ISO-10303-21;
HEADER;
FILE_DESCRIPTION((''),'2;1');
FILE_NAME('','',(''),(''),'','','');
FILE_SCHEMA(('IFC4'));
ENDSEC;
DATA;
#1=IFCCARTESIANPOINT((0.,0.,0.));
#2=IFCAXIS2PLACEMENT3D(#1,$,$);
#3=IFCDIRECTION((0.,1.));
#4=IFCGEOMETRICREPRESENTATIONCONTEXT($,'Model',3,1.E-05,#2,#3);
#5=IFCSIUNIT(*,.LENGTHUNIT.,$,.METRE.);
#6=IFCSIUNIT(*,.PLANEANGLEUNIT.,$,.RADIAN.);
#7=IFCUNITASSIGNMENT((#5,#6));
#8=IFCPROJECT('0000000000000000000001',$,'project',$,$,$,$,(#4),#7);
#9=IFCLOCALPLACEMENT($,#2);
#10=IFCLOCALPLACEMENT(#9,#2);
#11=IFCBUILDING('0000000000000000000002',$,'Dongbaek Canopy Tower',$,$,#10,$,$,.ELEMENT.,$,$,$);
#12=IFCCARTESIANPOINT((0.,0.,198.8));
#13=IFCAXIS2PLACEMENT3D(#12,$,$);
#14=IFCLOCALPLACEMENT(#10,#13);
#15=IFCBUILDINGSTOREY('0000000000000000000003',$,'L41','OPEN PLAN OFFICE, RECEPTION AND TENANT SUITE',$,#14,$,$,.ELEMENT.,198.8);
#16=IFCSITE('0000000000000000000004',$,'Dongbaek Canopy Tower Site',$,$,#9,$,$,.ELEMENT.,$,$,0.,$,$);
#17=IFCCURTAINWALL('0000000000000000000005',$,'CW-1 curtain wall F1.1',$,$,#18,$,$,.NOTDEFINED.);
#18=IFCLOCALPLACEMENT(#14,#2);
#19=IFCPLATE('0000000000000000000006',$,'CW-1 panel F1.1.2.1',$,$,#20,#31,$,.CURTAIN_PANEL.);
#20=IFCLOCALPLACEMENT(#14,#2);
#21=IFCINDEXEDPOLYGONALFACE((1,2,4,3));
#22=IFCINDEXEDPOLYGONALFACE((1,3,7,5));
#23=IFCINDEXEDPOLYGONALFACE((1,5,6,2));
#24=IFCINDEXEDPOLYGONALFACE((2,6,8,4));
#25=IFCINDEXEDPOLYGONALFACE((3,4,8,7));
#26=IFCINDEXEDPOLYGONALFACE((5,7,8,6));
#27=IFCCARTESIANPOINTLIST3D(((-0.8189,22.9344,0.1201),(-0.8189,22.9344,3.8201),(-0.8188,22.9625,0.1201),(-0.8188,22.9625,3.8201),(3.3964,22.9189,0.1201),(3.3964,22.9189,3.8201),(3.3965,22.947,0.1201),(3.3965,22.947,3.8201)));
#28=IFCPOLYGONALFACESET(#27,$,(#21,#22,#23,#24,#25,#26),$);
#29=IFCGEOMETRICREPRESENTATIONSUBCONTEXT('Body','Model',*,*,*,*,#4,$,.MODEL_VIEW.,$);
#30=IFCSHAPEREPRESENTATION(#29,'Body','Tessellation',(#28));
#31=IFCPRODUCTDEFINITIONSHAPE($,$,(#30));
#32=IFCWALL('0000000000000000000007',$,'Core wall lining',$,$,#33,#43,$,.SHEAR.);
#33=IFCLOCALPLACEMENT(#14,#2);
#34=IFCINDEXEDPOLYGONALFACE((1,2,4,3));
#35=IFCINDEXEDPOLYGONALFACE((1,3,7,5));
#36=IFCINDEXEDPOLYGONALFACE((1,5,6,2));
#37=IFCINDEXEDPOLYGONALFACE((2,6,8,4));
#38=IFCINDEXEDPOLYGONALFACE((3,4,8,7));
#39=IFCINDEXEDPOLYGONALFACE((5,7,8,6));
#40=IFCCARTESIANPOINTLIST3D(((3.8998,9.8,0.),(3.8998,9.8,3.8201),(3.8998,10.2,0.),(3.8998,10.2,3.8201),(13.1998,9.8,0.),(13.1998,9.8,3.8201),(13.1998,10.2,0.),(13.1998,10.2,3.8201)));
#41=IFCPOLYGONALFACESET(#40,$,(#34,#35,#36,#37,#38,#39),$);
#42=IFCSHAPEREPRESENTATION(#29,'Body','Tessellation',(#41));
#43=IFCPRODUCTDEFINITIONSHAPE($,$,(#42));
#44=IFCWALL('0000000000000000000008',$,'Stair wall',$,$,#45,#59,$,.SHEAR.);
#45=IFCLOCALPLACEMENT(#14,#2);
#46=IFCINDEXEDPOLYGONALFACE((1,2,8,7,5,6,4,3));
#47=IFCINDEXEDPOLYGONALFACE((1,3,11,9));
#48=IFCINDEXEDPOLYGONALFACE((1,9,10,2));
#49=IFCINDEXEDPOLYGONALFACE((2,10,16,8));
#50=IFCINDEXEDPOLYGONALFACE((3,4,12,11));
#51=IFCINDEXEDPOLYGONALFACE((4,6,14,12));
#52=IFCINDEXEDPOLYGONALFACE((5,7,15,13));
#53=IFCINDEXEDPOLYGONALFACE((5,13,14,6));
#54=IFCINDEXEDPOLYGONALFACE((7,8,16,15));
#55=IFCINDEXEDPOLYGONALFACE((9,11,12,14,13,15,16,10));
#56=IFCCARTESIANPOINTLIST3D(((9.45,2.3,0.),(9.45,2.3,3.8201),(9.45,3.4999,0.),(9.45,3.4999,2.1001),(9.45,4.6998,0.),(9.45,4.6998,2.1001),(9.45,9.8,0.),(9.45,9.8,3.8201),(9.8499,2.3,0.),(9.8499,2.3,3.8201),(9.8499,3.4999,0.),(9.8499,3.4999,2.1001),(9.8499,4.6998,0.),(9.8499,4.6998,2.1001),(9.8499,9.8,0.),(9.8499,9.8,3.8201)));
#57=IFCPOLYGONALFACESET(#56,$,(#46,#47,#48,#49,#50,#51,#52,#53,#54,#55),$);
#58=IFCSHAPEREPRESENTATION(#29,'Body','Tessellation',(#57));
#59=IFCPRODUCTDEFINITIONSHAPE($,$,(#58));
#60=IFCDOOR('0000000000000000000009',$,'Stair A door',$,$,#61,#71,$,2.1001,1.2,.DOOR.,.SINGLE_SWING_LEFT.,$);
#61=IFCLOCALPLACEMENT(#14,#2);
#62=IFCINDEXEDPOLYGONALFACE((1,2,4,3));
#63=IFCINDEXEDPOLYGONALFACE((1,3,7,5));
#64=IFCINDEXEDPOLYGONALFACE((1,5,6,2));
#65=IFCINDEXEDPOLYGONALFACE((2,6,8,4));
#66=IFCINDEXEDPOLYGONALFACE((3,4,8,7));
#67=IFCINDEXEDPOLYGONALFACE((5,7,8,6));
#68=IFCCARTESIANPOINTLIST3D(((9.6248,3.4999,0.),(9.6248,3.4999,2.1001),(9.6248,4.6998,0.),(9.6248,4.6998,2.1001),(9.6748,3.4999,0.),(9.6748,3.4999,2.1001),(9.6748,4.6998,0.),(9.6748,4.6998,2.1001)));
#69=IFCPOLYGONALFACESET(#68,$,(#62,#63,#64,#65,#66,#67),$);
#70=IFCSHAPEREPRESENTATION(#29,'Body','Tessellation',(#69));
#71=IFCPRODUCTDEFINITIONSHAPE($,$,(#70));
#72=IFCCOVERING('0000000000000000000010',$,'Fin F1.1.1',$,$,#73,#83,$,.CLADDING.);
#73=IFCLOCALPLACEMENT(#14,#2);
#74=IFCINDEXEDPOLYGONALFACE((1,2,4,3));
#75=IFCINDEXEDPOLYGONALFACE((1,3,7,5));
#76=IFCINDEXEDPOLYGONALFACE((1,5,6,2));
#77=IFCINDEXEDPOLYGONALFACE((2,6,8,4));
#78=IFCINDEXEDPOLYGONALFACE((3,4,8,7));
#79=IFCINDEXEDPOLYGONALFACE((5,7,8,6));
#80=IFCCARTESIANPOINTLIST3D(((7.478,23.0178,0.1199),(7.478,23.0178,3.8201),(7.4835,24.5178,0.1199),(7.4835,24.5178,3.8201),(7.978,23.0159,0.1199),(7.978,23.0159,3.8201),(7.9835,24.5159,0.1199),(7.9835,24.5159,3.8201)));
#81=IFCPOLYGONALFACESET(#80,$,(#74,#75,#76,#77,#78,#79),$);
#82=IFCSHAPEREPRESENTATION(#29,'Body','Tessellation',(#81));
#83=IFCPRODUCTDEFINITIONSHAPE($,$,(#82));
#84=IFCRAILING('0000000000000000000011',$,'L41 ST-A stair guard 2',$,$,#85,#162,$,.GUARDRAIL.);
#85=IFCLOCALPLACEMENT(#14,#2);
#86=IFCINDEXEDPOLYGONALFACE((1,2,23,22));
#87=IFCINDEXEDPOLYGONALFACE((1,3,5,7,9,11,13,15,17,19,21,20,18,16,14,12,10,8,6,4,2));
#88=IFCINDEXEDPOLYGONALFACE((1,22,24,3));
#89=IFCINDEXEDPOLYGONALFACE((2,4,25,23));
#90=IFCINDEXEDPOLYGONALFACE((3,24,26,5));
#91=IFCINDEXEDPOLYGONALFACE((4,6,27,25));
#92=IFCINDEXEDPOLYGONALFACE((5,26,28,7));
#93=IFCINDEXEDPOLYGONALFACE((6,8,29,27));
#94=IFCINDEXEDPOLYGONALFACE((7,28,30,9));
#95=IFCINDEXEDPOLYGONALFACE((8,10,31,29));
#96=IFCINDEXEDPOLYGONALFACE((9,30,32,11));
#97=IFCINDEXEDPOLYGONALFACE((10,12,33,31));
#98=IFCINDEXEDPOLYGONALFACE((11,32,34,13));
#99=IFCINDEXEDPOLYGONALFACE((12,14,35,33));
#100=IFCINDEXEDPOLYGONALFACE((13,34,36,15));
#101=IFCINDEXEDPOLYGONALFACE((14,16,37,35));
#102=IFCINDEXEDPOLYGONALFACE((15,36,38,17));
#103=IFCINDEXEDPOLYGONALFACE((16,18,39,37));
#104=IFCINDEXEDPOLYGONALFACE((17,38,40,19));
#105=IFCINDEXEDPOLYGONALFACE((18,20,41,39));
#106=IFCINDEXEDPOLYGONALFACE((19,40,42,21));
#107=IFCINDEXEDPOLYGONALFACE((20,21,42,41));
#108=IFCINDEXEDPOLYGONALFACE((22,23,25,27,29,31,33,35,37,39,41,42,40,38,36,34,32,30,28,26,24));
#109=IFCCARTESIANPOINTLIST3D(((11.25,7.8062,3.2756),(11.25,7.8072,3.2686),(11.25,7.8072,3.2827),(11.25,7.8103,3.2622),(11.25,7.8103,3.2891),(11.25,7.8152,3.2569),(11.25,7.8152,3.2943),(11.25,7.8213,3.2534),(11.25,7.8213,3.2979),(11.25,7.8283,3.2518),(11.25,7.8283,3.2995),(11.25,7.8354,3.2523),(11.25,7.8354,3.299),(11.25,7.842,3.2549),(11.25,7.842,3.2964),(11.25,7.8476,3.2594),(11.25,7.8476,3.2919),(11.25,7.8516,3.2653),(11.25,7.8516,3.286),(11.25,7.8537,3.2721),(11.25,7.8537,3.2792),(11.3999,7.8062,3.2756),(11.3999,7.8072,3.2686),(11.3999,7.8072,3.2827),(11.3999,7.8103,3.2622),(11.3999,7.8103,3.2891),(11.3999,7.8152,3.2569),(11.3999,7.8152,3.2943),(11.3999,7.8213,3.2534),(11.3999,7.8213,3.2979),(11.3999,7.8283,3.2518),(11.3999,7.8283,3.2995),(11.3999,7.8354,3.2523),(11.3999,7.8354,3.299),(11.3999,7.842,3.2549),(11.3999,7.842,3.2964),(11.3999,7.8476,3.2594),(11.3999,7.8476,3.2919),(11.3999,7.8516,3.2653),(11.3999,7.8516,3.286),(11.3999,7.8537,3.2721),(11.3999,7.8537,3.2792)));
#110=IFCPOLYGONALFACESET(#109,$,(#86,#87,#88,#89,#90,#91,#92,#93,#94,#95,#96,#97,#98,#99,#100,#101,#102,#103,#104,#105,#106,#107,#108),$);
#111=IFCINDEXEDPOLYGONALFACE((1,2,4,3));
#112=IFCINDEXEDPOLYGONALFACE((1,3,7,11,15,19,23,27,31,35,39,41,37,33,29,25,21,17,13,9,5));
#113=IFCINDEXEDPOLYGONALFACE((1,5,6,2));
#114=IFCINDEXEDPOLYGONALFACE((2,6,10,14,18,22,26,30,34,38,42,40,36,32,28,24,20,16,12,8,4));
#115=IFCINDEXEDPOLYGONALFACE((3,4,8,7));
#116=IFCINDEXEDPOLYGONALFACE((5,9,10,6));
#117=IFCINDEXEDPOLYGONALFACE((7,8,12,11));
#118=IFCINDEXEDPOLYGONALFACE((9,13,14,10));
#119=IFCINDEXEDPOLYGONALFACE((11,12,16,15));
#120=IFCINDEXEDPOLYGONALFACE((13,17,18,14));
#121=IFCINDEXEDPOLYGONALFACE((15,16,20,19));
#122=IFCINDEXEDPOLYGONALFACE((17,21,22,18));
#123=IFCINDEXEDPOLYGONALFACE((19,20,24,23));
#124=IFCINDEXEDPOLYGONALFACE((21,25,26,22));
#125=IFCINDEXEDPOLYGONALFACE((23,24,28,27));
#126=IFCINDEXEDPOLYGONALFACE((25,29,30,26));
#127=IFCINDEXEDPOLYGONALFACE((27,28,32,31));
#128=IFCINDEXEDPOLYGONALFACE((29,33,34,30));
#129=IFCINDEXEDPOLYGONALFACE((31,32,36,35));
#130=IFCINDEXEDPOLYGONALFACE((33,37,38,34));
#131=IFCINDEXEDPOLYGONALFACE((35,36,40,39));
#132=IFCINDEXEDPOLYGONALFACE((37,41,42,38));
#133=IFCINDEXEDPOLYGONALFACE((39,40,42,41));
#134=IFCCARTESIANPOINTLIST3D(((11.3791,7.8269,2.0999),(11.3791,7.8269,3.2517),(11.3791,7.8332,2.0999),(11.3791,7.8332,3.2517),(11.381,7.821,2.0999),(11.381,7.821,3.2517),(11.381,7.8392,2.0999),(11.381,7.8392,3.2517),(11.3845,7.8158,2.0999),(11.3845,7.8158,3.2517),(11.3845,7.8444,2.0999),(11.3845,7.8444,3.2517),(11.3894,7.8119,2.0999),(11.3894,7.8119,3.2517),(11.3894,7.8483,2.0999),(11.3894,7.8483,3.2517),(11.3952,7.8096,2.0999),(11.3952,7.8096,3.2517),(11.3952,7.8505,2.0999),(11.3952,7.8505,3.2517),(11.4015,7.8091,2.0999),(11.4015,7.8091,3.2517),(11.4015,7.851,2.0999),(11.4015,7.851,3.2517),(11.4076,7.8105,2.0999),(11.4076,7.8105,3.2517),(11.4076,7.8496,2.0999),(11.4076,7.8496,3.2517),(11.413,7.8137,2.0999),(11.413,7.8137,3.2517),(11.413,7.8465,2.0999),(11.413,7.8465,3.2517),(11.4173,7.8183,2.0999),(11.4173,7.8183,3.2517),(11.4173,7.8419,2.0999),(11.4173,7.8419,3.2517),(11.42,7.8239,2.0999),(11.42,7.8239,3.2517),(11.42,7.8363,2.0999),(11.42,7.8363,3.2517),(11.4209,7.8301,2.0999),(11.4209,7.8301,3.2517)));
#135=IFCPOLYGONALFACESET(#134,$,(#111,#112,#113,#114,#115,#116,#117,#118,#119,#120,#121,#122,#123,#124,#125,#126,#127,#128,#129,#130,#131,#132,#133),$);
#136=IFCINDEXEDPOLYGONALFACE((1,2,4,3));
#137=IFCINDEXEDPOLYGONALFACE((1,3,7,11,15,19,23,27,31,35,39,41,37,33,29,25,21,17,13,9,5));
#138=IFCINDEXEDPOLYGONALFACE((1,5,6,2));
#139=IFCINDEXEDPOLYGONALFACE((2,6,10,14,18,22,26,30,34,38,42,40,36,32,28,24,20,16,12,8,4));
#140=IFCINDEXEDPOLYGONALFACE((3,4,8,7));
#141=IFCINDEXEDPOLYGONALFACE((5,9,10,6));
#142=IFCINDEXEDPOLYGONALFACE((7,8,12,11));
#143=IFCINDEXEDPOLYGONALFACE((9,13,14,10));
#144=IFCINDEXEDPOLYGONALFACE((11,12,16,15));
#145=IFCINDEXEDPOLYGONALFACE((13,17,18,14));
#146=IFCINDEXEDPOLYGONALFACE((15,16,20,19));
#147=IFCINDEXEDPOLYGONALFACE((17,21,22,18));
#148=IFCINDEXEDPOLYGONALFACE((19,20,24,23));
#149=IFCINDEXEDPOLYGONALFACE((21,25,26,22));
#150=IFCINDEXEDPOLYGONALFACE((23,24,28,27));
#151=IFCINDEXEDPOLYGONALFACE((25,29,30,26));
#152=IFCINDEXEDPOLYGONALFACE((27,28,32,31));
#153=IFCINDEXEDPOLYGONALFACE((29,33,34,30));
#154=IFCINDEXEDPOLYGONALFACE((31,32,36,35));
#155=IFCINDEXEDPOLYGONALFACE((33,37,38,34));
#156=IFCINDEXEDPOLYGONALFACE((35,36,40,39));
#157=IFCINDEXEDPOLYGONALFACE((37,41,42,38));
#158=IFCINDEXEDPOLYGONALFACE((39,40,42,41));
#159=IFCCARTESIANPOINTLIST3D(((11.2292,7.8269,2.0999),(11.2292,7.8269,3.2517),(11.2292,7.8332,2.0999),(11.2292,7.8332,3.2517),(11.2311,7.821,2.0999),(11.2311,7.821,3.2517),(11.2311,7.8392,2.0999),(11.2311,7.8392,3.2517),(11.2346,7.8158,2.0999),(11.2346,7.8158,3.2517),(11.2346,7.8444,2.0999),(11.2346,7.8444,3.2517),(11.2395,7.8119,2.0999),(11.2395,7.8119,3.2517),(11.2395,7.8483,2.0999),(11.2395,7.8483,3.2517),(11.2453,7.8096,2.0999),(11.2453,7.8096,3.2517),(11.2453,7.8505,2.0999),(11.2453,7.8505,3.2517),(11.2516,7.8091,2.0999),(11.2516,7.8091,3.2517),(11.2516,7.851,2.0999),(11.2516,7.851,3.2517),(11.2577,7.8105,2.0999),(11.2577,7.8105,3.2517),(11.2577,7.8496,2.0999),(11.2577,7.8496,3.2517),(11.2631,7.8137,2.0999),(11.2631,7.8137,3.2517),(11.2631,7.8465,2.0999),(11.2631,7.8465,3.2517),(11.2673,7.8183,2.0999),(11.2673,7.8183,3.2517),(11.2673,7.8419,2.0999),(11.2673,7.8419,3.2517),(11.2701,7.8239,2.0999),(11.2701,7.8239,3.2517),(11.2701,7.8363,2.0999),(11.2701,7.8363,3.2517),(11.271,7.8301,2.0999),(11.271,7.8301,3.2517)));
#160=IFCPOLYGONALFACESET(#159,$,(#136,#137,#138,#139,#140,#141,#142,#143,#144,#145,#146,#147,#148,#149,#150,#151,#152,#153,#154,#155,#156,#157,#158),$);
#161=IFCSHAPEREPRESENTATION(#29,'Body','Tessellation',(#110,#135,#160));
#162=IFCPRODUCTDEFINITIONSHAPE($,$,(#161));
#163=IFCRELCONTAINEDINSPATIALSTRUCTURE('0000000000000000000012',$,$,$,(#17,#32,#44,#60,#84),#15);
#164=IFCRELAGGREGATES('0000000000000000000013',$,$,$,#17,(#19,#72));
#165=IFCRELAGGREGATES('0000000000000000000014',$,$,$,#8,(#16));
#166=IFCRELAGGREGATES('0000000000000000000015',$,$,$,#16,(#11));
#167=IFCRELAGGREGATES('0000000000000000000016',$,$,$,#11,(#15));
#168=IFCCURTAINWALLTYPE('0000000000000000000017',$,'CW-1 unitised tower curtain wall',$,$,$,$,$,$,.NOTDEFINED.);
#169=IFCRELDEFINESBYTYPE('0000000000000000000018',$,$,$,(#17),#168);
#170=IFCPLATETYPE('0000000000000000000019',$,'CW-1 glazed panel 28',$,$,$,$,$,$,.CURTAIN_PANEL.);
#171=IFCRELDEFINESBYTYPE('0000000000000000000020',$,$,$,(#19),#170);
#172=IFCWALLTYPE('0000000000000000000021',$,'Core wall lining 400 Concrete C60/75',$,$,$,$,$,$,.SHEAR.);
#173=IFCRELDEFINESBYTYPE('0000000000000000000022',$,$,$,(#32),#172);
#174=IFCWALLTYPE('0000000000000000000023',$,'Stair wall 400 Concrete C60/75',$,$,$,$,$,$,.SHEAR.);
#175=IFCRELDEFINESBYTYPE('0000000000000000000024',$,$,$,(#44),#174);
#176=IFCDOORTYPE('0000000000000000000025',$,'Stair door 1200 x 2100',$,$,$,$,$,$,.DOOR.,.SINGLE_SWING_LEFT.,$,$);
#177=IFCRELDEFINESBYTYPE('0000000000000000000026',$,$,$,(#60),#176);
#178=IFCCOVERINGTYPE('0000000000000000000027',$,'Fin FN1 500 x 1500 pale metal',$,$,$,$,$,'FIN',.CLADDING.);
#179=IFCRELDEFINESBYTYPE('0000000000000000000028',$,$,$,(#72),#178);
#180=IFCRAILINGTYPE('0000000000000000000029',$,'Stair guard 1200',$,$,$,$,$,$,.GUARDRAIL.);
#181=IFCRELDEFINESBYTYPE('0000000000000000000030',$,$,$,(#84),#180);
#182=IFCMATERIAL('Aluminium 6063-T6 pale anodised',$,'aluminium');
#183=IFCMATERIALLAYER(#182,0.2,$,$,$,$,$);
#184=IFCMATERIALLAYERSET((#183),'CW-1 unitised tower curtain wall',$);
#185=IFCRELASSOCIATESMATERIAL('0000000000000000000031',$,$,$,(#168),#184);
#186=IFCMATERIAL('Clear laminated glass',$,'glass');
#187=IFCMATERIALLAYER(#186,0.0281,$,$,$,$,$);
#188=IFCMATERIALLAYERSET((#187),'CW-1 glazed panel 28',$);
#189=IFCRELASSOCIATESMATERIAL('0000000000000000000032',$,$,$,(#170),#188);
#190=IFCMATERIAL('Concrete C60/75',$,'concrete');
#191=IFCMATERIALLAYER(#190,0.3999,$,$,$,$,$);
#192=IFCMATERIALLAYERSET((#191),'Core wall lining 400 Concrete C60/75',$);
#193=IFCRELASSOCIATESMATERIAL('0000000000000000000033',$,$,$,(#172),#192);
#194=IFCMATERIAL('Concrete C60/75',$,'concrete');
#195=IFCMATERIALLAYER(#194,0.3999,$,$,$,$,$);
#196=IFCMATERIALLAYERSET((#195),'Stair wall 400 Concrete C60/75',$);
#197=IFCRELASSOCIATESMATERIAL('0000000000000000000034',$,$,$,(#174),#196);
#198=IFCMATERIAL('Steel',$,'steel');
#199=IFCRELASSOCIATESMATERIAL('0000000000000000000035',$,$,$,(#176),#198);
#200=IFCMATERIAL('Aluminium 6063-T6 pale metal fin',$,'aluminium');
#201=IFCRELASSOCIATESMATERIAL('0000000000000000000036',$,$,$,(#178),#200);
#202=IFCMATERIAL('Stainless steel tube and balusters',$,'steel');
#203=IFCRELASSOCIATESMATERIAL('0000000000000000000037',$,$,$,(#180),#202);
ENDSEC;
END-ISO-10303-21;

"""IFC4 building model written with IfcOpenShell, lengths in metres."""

from ifc_helpers import new_model, si_unit, direction, frame, frame_2d, origin, origin_2d, place, context, subcontext, project, spatial, rectangle, circle, extrude, material, layer, layer_set, material_profile, profile_set, type_object, element, fill, aggregate, save


model = new_model("IFC4")

# Units and contexts
model_context = context("Model", 3, precision=1e-05, world=origin(), true_north=direction((0.0, 1.0)))
body_context = subcontext(model_context, "Body", "Model", "MODEL_VIEW")
ifc_project = project(units=[si_unit("LENGTHUNIT", "METRE"), si_unit("PLANEANGLEUNIT", "RADIAN")], contexts=[model_context])

# Site, building, storey
site_placement = place(None, origin())
site = spatial("IfcSite", under=ifc_project, at=site_placement, Name="Dongbaek Canopy Tower Site", CompositionType="ELEMENT", RefElevation=0.0)
building_placement = place(site_placement, origin())
building = spatial("IfcBuilding", under=site, at=building_placement, Name="Dongbaek Canopy Tower", CompositionType="ELEMENT")
storey_placement = place(building_placement, frame((0.0, 0.0, 198.8)))
storey = spatial("IfcBuildingStorey", under=building, at=storey_placement, Name="L41", Description="OPEN PLAN OFFICE, RECEPTION AND TENANT SUITE", CompositionType="ELEMENT", Elevation=198.8)

# Shared definitions
ifc_material_1 = material(Name="Aluminium 6063-T6 pale anodised", Category="aluminium")
ifc_layer_1 = layer(ifc_material_1, 0.2)
ifc_layer_set_1 = layer_set([ifc_layer_1], Name="CW-1 unitised tower curtain wall")
curtain_wall_type = type_object("IfcCurtainWallType", Name="CW-1 unitised tower curtain wall", PredefinedType="NOTDEFINED", material=ifc_layer_set_1)

# Curtain wall
curtain_wall_1_placement = place(storey_placement, origin())
curtain_wall_1 = element("IfcCurtainWall", 1, at=curtain_wall_1_placement, inside=storey, type_object=curtain_wall_type, Name="CW-1 curtain wall F1.1", PredefinedType="NOTDEFINED")

# Plate
ifc_material_2 = material(Name="Clear laminated glass", Category="glass")
ifc_layer_2 = layer(ifc_material_2, 0.0281)
ifc_layer_set_2 = layer_set([ifc_layer_2], Name="CW-1 glazed panel 28")
plate_type = type_object("IfcPlateType", Name="CW-1 glazed panel 28", PredefinedType="CURTAIN_PANEL", material=ifc_layer_set_2)
plate_1_placement = place(storey_placement, frame((1.2888, 22.9407, 0.1201), z_axis=(0.0, 0.0, 1.0), x_axis=(-0.999993, 0.003675, 0.0)))
plate_1 = element("IfcPlate", 2, at=plate_1_placement, type_object=plate_type, Name="CW-1 panel F1.1.2.1", PredefinedType="CURTAIN_PANEL", context=body_context, shape_type="SweptSolid", body=[
    extrude(rectangle(XDim=4.2153, YDim=0.0281, at=origin_2d()), origin(), (0.0, 0.0, 1.0), 3.7),
])

# Wall
ifc_material_3 = material(Name="Concrete C60/75", Category="concrete")
ifc_layer_3 = layer(ifc_material_3, 0.3999)
ifc_layer_set_3 = layer_set([ifc_layer_3], Name="Core wall lining 400 Concrete C60/75")
wall_type_1 = type_object("IfcWallType", Name="Core wall lining 400 Concrete C60/75", PredefinedType="SHEAR", material=ifc_layer_set_3)
wall_1_placement = place(storey_placement, frame((3.8999, 10.0, 0.0), z_axis=(0.0, 0.0, 1.0), x_axis=(1.0, 0.0, 0.0)))
element("IfcWall", 3, at=wall_1_placement, inside=storey, type_object=wall_type_1, Name="Core wall lining", PredefinedType="SHEAR", context=body_context, shape_type="SweptSolid", body=[
    extrude(rectangle(XDim=9.3, YDim=0.3999, at=frame_2d((4.6499, 0.0))), origin(), (0.0, 0.0, 1.0), 3.8201),
])

# Wall, opening, door
ifc_material_4 = material(Name="Concrete C60/75", Category="concrete")
ifc_layer_4 = layer(ifc_material_4, 0.3999)
ifc_layer_set_4 = layer_set([ifc_layer_4], Name="Stair wall 400 Concrete C60/75")
wall_type_2 = type_object("IfcWallType", Name="Stair wall 400 Concrete C60/75", PredefinedType="SHEAR", material=ifc_layer_set_4)
wall_2_placement = place(storey_placement, frame((9.6499, 9.8, 0.0), z_axis=(0.0, 0.0, 1.0), x_axis=(0.0, -1.0, 0.0)))
wall_2 = element("IfcWall", 4, at=wall_2_placement, inside=storey, type_object=wall_type_2, Name="Stair wall", PredefinedType="SHEAR", context=body_context, shape_type="SweptSolid", body=[
    extrude(rectangle(XDim=7.5, YDim=0.3999, at=frame_2d((3.75, 0.0))), origin(), (0.0, 0.0, 1.0), 3.8201),
])
opening_placement = place(wall_2_placement, frame((5.1001, 0.0, 0.0)))
opening = element("IfcOpeningElement", 5, at=opening_placement, cuts=wall_2, PredefinedType="OPENING", context=body_context, shape_type="SweptSolid", body=[
    extrude(rectangle(XDim=1.2, YDim=2.1001, at=frame_2d((0.6001, 1.05))), frame((0.0, 0.21, 0.0), z_axis=(0.0, -1.0, 0.0), x_axis=(1.0, 0.0, 0.0)), (0.0, 0.0, 1.0), 0.4199),
])
ifc_material_5 = material(Name="Steel", Category="steel")
door_type = type_object("IfcDoorType", Name="Stair door 1200 x 2100", OperationType="SINGLE_SWING_LEFT", PredefinedType="DOOR", material=ifc_material_5)
door_placement = place(opening_placement, origin())
door = element("IfcDoor", 6, at=door_placement, inside=storey, type_object=door_type, Name="Stair A door", OperationType="SINGLE_SWING_LEFT", OverallHeight=2.1001, OverallWidth=1.2, PredefinedType="DOOR", context=body_context, shape_type="SweptSolid", body=[
    extrude(rectangle(XDim=1.2, YDim=2.1001, at=frame_2d((0.6001, 1.05))), frame((0.0, 0.0249, 0.0), z_axis=(0.0, -1.0, 0.0), x_axis=(1.0, 0.0, 0.0)), (0.0, 0.0, 1.0), 0.05),
])
fill(opening, door)

# Covering
ifc_material_6 = material(Name="Aluminium 6063-T6 pale metal fin", Category="aluminium")
ifc_material_profile_1 = material_profile(ifc_material_6, rectangle(XDim=1.5, YDim=0.5, at=origin_2d()), Name="Fin FN1 500 x 1500 pale metal")
ifc_profile_set_1 = profile_set([ifc_material_profile_1], Name="Aluminium 6063-T6 pale metal fin")
covering_type = type_object("IfcCoveringType", Name="Fin FN1 500 x 1500 pale metal", ElementType="FIN", PredefinedType="CLADDING", material=ifc_profile_set_1)
covering_placement = place(storey_placement, frame((7.7307, 23.7668, 0.1199), z_axis=(0.0, 0.0, 1.0), x_axis=(0.003675, 0.999993, 0.0)))
covering = element("IfcCovering", 7, at=covering_placement, type_object=covering_type, Name="Fin F1.1.1", PredefinedType="CLADDING", context=body_context, shape_type="SweptSolid", body=[
    extrude(rectangle(XDim=1.5, YDim=0.5, at=origin_2d()), origin(), (0.0, 0.0, 1.0), 3.7002),
])
aggregate(curtain_wall_1, [plate_1, covering])

# Railing
ifc_material_7 = material(Name="Stainless steel tube and balusters", Category="steel")
railing_type = type_object("IfcRailingType", Name="Stair guard 1200", PredefinedType="GUARDRAIL", material=ifc_material_7)
railing_placement = place(storey_placement, frame((11.3999, 7.8301, 2.0999)))
element("IfcRailing", 8, at=railing_placement, inside=storey, type_object=railing_type, Name="L41 ST-A stair guard 2", PredefinedType="GUARDRAIL", context=body_context, shape_type="SweptSolid", body=[
    extrude(circle(Radius=0.0239, at=origin_2d()), frame((0.0, 0.0, 1.1758), z_axis=(-1.0, 0.0, 0.0), x_axis=(0.0, -1.0, 0.0)), (0.0, 0.0, 1.0), 0.1499),
    extrude(circle(Radius=0.021, at=origin_2d()), origin(), (0.0, 0.0, 1.0), 1.1519),
    extrude(circle(Radius=0.021, at=origin_2d()), frame((-0.1499, 0.0, 0.0)), (0.0, 0.0, 1.0), 1.1519),
])

save(model, "model.ifc")
